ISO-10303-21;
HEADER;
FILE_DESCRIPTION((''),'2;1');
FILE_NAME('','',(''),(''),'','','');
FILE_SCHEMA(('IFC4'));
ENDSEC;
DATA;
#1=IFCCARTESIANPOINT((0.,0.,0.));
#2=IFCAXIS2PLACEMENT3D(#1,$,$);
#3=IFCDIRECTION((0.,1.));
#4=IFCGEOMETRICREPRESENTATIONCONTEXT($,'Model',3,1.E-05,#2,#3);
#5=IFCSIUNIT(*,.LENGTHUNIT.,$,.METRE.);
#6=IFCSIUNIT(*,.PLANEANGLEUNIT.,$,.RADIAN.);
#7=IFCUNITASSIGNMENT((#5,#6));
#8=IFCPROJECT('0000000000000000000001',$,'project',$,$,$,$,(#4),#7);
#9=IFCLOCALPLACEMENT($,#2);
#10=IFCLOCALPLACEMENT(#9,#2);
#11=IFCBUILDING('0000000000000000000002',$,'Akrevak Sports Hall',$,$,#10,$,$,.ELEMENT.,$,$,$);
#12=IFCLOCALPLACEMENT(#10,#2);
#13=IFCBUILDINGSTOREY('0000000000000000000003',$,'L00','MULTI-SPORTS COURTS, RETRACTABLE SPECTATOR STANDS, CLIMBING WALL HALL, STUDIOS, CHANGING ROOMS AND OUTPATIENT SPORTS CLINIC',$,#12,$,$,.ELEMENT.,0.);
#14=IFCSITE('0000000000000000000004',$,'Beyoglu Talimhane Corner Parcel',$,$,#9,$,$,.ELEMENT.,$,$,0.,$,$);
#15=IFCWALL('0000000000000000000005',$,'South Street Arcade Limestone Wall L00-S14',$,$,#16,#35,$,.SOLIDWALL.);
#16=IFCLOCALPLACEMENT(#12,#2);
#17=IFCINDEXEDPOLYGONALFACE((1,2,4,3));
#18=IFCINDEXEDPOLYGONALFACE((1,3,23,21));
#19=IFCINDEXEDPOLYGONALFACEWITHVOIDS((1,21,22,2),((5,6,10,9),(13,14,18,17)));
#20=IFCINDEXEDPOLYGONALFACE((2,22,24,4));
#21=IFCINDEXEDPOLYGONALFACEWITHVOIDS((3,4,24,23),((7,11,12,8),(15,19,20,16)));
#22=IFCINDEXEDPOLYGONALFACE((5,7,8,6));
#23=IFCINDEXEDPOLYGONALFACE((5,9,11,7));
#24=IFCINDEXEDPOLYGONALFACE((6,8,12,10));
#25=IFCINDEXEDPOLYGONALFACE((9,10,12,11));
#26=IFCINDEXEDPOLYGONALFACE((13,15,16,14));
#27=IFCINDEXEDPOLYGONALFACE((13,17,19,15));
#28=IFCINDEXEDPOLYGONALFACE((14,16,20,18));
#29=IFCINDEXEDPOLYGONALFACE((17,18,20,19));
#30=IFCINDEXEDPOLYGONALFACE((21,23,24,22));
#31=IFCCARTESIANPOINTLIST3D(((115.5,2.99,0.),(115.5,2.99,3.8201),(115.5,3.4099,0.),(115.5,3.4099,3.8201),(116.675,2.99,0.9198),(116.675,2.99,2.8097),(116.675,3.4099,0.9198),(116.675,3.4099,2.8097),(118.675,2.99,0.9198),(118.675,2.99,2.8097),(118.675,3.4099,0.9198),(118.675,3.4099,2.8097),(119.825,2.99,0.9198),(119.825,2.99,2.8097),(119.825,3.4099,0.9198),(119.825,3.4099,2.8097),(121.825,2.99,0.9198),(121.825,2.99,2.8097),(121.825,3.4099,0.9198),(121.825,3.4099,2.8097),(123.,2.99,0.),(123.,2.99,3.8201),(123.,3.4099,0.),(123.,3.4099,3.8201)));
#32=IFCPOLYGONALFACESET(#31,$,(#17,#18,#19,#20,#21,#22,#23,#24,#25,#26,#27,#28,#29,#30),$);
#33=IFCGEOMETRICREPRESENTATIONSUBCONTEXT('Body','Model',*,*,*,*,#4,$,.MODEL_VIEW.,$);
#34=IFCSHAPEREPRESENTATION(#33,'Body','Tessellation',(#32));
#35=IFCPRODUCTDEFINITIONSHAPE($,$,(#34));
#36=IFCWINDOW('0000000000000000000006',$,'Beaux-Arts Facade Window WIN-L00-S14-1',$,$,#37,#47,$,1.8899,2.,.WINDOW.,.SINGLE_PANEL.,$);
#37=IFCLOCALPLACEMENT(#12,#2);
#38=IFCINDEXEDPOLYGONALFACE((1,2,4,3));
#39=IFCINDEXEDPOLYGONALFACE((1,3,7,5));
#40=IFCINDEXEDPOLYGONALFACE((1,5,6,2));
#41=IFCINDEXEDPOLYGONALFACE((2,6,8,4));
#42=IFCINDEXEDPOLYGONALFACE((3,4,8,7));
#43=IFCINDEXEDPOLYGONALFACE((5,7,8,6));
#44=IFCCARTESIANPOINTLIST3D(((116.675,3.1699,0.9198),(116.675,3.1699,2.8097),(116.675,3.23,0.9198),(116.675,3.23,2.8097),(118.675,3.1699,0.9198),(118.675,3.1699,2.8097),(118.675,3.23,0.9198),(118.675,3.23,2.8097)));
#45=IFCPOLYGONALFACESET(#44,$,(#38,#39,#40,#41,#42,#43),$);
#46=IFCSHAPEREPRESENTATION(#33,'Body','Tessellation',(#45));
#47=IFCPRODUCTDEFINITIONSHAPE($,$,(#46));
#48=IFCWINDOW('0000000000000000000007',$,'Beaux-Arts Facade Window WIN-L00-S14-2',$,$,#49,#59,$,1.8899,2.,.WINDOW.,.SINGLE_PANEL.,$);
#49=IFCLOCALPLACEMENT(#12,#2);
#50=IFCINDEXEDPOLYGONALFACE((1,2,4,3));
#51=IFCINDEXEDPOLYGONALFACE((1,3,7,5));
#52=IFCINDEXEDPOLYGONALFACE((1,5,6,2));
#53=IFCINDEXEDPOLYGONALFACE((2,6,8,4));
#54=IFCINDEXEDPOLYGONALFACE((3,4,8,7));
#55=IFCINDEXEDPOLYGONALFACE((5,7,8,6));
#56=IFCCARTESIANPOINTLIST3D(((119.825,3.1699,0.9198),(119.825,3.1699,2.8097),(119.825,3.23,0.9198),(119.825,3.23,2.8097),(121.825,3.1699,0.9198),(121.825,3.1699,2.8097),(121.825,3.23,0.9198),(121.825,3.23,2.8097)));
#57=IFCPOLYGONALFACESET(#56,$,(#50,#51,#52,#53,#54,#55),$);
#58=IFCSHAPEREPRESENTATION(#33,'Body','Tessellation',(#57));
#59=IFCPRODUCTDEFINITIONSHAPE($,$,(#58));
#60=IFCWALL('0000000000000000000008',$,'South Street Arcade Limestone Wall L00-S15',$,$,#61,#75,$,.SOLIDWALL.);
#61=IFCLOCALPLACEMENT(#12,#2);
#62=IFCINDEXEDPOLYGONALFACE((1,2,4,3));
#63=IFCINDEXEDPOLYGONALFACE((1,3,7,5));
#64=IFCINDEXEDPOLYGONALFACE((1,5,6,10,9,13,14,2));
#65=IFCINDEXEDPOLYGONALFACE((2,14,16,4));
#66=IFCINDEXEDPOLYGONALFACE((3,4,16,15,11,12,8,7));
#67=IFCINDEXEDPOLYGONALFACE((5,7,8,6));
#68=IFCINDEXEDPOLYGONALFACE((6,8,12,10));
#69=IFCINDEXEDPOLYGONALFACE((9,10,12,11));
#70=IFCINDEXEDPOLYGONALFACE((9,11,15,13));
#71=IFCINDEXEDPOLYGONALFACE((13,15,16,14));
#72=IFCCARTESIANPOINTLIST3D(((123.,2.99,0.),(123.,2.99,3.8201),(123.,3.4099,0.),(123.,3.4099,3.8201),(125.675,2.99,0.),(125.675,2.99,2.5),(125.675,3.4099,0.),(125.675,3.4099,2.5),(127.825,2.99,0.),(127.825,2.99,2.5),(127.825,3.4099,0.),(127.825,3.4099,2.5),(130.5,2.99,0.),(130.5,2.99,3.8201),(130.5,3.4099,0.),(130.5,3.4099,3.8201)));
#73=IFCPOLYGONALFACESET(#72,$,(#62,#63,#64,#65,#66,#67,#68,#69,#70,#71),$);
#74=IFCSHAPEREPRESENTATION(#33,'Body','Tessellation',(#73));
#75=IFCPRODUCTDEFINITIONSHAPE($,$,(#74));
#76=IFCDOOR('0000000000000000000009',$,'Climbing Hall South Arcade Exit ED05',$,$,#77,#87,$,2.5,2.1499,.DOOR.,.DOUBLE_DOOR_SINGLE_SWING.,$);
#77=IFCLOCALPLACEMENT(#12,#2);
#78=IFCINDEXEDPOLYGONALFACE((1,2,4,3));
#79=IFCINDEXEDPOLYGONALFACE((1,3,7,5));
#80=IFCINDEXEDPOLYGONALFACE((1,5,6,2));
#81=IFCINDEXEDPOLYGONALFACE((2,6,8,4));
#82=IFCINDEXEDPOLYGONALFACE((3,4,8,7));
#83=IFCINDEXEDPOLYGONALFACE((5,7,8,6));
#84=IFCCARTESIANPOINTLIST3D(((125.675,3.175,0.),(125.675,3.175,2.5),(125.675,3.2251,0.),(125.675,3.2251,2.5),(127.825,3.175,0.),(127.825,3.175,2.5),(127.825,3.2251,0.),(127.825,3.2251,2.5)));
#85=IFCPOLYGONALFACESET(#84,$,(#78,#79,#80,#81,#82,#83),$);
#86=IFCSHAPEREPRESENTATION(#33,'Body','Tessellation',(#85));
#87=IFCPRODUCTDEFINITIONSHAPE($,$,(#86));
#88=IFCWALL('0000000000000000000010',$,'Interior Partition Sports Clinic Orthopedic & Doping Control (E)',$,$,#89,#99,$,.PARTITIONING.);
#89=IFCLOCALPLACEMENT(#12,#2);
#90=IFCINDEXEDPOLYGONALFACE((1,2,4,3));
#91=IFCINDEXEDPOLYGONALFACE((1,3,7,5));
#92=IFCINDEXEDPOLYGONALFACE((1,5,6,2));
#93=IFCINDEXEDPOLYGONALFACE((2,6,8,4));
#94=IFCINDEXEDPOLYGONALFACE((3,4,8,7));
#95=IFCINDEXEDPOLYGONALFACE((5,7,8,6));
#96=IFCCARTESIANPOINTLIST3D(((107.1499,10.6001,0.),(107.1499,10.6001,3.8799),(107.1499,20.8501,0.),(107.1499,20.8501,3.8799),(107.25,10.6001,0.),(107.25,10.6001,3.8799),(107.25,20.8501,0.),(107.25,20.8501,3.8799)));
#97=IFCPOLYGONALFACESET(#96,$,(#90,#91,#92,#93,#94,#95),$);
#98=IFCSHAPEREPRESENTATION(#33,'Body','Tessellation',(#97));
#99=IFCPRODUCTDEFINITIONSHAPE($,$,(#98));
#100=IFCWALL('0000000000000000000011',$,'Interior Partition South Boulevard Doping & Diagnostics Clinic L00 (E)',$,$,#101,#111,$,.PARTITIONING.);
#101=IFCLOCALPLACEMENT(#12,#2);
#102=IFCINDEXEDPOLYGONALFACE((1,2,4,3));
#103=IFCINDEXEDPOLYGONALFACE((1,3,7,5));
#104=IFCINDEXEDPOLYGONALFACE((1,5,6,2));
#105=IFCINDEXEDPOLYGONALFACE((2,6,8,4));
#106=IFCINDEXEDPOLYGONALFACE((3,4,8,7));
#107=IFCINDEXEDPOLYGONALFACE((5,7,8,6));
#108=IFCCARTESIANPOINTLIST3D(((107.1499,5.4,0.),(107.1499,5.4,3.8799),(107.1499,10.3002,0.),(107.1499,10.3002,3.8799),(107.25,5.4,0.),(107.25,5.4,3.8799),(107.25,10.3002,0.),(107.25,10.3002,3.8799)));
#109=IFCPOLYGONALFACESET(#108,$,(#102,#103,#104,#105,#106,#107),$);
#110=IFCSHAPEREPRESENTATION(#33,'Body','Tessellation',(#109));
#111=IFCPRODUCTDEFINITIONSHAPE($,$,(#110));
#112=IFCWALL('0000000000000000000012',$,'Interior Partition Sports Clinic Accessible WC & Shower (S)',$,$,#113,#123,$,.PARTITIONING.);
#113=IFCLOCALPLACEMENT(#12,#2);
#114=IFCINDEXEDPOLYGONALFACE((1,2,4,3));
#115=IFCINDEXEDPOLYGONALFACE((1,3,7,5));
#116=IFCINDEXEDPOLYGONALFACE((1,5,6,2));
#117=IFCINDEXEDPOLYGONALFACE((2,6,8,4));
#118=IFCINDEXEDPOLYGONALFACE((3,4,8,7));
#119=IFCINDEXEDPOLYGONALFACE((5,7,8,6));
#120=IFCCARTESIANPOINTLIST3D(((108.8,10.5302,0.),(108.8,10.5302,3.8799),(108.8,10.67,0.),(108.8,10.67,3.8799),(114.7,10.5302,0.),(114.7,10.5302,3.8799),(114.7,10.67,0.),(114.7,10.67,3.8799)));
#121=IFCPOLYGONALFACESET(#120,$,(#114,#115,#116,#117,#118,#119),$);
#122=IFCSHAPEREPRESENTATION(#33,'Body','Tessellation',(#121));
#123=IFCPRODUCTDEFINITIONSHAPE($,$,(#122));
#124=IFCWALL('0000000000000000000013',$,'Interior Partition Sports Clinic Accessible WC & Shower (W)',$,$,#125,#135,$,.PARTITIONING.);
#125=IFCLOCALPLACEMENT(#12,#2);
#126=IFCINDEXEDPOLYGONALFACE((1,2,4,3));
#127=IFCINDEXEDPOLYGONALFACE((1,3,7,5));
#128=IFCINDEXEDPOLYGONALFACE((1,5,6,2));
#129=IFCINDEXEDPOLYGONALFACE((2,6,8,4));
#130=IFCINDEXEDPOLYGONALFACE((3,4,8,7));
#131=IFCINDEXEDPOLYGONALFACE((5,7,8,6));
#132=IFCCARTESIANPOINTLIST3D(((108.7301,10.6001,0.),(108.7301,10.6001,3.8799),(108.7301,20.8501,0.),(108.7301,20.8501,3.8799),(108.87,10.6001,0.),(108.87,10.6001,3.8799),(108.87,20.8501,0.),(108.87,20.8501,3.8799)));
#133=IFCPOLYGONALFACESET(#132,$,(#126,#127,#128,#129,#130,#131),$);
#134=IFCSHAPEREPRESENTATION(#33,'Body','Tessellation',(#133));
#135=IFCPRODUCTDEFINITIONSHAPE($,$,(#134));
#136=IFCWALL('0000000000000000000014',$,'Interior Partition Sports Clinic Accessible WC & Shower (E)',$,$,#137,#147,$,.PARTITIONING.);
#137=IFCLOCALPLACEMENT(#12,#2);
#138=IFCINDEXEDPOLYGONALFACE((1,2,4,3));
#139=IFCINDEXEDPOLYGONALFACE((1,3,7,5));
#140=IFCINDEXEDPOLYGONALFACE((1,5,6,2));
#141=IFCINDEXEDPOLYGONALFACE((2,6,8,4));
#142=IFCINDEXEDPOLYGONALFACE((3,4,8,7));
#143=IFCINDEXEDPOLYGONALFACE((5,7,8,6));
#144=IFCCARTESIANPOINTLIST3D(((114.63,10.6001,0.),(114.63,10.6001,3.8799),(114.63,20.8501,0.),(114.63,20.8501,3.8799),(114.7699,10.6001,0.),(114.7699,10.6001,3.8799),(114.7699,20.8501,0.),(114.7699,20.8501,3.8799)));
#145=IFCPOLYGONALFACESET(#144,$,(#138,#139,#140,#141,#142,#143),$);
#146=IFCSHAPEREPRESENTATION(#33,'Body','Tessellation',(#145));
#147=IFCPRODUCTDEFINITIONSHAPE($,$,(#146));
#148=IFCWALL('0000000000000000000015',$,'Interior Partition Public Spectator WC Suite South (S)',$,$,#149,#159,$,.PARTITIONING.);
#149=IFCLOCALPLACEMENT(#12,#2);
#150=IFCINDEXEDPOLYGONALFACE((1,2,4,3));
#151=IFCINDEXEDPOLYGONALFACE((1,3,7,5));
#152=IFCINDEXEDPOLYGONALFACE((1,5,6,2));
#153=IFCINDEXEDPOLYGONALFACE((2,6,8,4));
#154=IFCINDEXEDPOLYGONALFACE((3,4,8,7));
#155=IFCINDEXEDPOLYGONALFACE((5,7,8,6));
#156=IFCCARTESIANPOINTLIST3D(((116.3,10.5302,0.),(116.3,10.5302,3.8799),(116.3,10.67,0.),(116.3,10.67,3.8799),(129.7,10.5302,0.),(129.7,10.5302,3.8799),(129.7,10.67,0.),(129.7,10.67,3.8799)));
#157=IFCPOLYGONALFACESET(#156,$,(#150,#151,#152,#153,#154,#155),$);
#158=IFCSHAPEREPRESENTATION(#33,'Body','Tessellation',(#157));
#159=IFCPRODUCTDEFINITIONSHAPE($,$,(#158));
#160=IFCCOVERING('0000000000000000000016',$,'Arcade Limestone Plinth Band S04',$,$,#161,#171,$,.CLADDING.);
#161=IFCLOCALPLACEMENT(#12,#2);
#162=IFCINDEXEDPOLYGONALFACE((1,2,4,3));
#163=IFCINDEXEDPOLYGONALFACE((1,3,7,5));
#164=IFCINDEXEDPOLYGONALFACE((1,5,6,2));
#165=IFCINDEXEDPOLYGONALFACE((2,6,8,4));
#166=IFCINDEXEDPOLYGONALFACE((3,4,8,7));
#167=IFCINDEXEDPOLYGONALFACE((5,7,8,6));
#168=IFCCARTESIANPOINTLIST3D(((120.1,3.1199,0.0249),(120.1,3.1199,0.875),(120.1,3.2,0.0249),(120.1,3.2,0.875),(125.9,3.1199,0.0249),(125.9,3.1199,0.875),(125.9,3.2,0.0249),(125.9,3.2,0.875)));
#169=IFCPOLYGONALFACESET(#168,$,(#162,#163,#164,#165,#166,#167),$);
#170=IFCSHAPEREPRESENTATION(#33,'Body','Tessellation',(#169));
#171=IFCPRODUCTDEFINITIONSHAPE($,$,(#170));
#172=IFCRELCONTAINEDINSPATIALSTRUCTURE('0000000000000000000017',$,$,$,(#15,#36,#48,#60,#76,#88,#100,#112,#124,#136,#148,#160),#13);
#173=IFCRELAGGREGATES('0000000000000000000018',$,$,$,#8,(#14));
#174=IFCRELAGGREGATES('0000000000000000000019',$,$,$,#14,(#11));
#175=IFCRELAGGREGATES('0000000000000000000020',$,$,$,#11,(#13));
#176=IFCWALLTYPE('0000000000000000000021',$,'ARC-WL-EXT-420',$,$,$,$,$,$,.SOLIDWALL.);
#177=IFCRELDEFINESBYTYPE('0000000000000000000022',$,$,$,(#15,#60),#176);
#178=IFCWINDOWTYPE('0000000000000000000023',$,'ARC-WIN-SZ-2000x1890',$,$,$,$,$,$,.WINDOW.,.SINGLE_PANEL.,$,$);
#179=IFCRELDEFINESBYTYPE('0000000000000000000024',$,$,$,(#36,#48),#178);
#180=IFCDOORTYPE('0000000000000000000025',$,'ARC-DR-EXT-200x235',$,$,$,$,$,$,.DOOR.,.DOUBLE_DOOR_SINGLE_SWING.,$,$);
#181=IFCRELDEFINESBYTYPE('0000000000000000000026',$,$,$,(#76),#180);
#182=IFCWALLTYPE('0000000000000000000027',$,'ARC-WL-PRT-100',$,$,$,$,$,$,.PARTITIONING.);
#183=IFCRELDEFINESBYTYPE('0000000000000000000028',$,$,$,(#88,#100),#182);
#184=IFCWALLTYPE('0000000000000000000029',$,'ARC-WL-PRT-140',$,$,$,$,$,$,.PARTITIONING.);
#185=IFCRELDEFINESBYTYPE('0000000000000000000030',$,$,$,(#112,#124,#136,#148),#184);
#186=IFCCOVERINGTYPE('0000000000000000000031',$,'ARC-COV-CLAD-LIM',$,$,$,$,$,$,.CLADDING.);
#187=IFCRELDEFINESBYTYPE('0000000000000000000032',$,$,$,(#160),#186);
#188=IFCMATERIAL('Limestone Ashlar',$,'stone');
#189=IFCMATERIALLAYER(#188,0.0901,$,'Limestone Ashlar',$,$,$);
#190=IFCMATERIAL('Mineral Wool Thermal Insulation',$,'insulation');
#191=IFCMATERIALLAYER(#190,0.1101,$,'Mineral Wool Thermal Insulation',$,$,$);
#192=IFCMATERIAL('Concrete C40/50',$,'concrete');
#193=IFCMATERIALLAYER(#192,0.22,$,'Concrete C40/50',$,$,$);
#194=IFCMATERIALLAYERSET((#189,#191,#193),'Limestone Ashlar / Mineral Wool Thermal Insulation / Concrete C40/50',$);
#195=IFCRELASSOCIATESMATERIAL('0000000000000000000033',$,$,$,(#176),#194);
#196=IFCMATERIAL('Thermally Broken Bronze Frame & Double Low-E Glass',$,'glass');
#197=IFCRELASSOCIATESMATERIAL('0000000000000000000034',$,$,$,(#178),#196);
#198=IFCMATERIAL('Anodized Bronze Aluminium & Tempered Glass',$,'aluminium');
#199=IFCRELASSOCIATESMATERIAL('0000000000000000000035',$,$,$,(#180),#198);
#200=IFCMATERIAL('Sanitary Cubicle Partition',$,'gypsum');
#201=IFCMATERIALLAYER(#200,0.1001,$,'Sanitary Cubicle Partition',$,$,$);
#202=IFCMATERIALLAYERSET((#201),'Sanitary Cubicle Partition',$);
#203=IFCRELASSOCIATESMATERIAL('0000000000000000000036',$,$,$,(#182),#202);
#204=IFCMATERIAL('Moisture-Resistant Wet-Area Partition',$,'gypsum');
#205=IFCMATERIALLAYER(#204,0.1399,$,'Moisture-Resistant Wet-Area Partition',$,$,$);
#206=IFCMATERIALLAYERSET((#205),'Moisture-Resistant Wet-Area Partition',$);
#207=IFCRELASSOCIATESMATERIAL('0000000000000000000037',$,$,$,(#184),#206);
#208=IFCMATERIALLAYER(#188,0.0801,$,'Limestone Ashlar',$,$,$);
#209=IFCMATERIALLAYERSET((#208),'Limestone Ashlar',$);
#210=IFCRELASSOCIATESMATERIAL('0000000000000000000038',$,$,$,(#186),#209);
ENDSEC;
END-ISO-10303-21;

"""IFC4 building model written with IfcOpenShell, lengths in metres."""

from ifc_helpers import new_model, si_unit, direction, frame, frame_2d, origin, origin_2d, place, context, subcontext, project, spatial, rectangle, extrude, material, layer, layer_set, type_object, element, fill, save


model = new_model("IFC4")

# Units and contexts
model_context = context("Model", 3, precision=1e-05, world=origin(), true_north=direction((0.0, 1.0)))
body_context = subcontext(model_context, "Body", "Model", "MODEL_VIEW")
ifc_project = project(units=[si_unit("LENGTHUNIT", "METRE"), si_unit("PLANEANGLEUNIT", "RADIAN")], contexts=[model_context])

# Site, building, storey
site_placement = place(None, origin())
site = spatial("IfcSite", under=ifc_project, at=site_placement, Name="Beyoglu Talimhane Corner Parcel", CompositionType="ELEMENT", RefElevation=0.0)
building_placement = place(site_placement, origin())
building = spatial("IfcBuilding", under=site, at=building_placement, Name="Akrevak Sports Hall", CompositionType="ELEMENT")
storey_placement = place(building_placement, origin())
storey = spatial("IfcBuildingStorey", under=building, at=storey_placement, Name="L00", Description="MULTI-SPORTS COURTS, RETRACTABLE SPECTATOR STANDS, CLIMBING WALL HALL, STUDIOS, CHANGING ROOMS AND OUTPATIENT SPORTS CLINIC", CompositionType="ELEMENT", Elevation=0.0)

# Shared definitions
ifc_material_1 = material(Name="Concrete C40/50", Category="concrete")

# Shared definitions
ifc_material_2 = material(Name="Limestone Ashlar", Category="stone")
ifc_layer_1 = layer(ifc_material_2, 0.0901, Name="Limestone Ashlar")
ifc_material_3 = material(Name="Mineral Wool Thermal Insulation", Category="insulation")
ifc_layer_2 = layer(ifc_material_3, 0.1101, Name="Mineral Wool Thermal Insulation")
ifc_layer_3 = layer(ifc_material_1, 0.22, Name="Concrete C40/50")
ifc_layer_set_1 = layer_set([ifc_layer_1, ifc_layer_2, ifc_layer_3], Name="Limestone Ashlar / Mineral Wool Thermal Insulation / Concrete C40/50")
wall_type_1 = type_object("IfcWallType", Name="ARC-WL-EXT-420", PredefinedType="SOLIDWALL", material=ifc_layer_set_1)
ifc_material_4 = material(Name="Anodized Bronze Aluminium & Tempered Glass", Category="aluminium")

# Wall, openings, windows
wall_1_placement = place(storey_placement, frame((115.5, 3.2, 0.0), z_axis=(0.0, 0.0, 1.0), x_axis=(1.0, 0.0, 0.0)))
wall_1 = element("IfcWall", 1, at=wall_1_placement, inside=storey, type_object=wall_type_1, Name="South Street Arcade Limestone Wall L00-S14", PredefinedType="SOLIDWALL", context=body_context, shape_type="SweptSolid", body=[
    extrude(rectangle(XDim=7.5, YDim=0.4199, at=frame_2d((3.75, 0.0))), origin(), (0.0, 0.0, 1.0), 3.8201),
])
opening_1_placement = place(wall_1_placement, frame((1.175, 0.0, 0.9199)))
opening_1 = element("IfcOpeningElement", 2, at=opening_1_placement, cuts=wall_1, PredefinedType="OPENING", context=body_context, shape_type="SweptSolid", body=[
    extrude(rectangle(XDim=2.0, YDim=1.8899, at=frame_2d((1.0, 0.9448))), frame((0.0, 0.2219, 0.0), z_axis=(0.0, -1.0, 0.0), x_axis=(1.0, 0.0, 0.0)), (0.0, 0.0, 1.0), 0.4438),
])
opening_2_placement = place(wall_1_placement, frame((4.325, 0.0, 0.9199)))
opening_2 = element("IfcOpeningElement", 3, at=opening_2_placement, cuts=wall_1, PredefinedType="OPENING", context=body_context, shape_type="SweptSolid", body=[
    extrude(rectangle(XDim=2.0, YDim=1.8899, at=frame_2d((1.0, 0.9448))), frame((0.0, 0.2219, 0.0), z_axis=(0.0, -1.0, 0.0), x_axis=(1.0, 0.0, 0.0)), (0.0, 0.0, 1.0), 0.4438),
])
ifc_material_5 = material(Name="Thermally Broken Bronze Frame & Double Low-E Glass", Category="glass")
window_type = type_object("IfcWindowType", Name="ARC-WIN-SZ-2000x1890", PartitioningType="SINGLE_PANEL", PredefinedType="WINDOW", material=ifc_material_5)
window_1_placement = place(opening_1_placement, origin())
window_1 = element("IfcWindow", 4, at=window_1_placement, inside=storey, type_object=window_type, Name="Beaux-Arts Facade Window WIN-L00-S14-1", OverallHeight=1.8899, OverallWidth=2.0, PartitioningType="SINGLE_PANEL", PredefinedType="WINDOW", context=body_context, shape_type="SweptSolid", body=[
    extrude(rectangle(XDim=2.0, YDim=1.8899, at=frame_2d((1.0, 0.9448))), frame((0.0, 0.03, 0.0), z_axis=(0.0, -1.0, 0.0), x_axis=(1.0, 0.0, 0.0)), (0.0, 0.0, 1.0), 0.0601),
])
fill(opening_1, window_1)
window_2_placement = place(opening_2_placement, origin())
window_2 = element("IfcWindow", 5, at=window_2_placement, inside=storey, type_object=window_type, Name="Beaux-Arts Facade Window WIN-L00-S14-2", OverallHeight=1.8899, OverallWidth=2.0, PartitioningType="SINGLE_PANEL", PredefinedType="WINDOW", context=body_context, shape_type="SweptSolid", body=[
    extrude(rectangle(XDim=2.0, YDim=1.8899, at=frame_2d((1.0, 0.9448))), frame((0.0, 0.03, 0.0), z_axis=(0.0, -1.0, 0.0), x_axis=(1.0, 0.0, 0.0)), (0.0, 0.0, 1.0), 0.0601),
])
fill(opening_2, window_2)

# Wall, opening, door
wall_2_placement = place(storey_placement, frame((123.0, 3.2, 0.0), z_axis=(0.0, 0.0, 1.0), x_axis=(1.0, 0.0, 0.0)))
wall_2 = element("IfcWall", 6, at=wall_2_placement, inside=storey, type_object=wall_type_1, Name="South Street Arcade Limestone Wall L00-S15", PredefinedType="SOLIDWALL", context=body_context, shape_type="SweptSolid", body=[
    extrude(rectangle(XDim=7.5, YDim=0.4199, at=frame_2d((3.75, 0.0))), origin(), (0.0, 0.0, 1.0), 3.8201),
])
opening_3_placement = place(wall_2_placement, frame((2.675, 0.0, 0.0)))
opening_3 = element("IfcOpeningElement", 7, at=opening_3_placement, cuts=wall_2, PredefinedType="OPENING", context=body_context, shape_type="SweptSolid", body=[
    extrude(rectangle(XDim=2.1499, YDim=2.5, at=frame_2d((1.075, 1.25))), frame((0.0, 0.2219, 0.0), z_axis=(0.0, -1.0, 0.0), x_axis=(1.0, 0.0, 0.0)), (0.0, 0.0, 1.0), 0.4438),
])
door_type_1 = type_object("IfcDoorType", Name="ARC-DR-EXT-200x235", OperationType="DOUBLE_DOOR_SINGLE_SWING", PredefinedType="DOOR", material=ifc_material_4)
door_1_placement = place(opening_3_placement, frame((2.1499, 0.0, 0.0), z_axis=(0.0, 0.0, 1.0), x_axis=(-1.0, 0.0, 0.0)))
door_1 = element("IfcDoor", 8, at=door_1_placement, inside=storey, type_object=door_type_1, Name="Climbing Hall South Arcade Exit ED05", OperationType="DOUBLE_DOOR_SINGLE_SWING", OverallHeight=2.5, OverallWidth=2.1499, PredefinedType="DOOR", context=body_context, shape_type="SweptSolid", body=[
    extrude(rectangle(XDim=2.1499, YDim=2.5, at=frame_2d((1.075, 1.25))), frame((0.0, 0.0249, 0.0), z_axis=(0.0, -1.0, 0.0), x_axis=(1.0, 0.0, 0.0)), (0.0, 0.0, 1.0), 0.05),
])
fill(opening_3, door_1)

# Walls
ifc_material_6 = material(Name="Sanitary Cubicle Partition", Category="gypsum")
ifc_layer_4 = layer(ifc_material_6, 0.1001, Name="Sanitary Cubicle Partition")
ifc_layer_set_2 = layer_set([ifc_layer_4], Name="Sanitary Cubicle Partition")
wall_type_2 = type_object("IfcWallType", Name="ARC-WL-PRT-100", PredefinedType="PARTITIONING", material=ifc_layer_set_2)
wall_3_placement = place(storey_placement, frame((107.2, 10.6001, 0.0), z_axis=(0.0, 0.0, 1.0), x_axis=(0.0, 1.0, 0.0)))
element("IfcWall", 9, at=wall_3_placement, inside=storey, type_object=wall_type_2, Name="Interior Partition Sports Clinic Orthopedic & Doping Control (E)", PredefinedType="PARTITIONING", context=body_context, shape_type="SweptSolid", body=[
    extrude(rectangle(XDim=10.25, YDim=0.1001, at=frame_2d((5.125, 0.0))), origin(), (0.0, 0.0, 1.0), 3.8799),
])
wall_4_placement = place(storey_placement, frame((107.2, 5.3999, 0.0), z_axis=(0.0, 0.0, 1.0), x_axis=(0.0, 1.0, 0.0)))
element("IfcWall", 10, at=wall_4_placement, inside=storey, type_object=wall_type_2, Name="Interior Partition South Boulevard Doping & Diagnostics Clinic L00 (E)", PredefinedType="PARTITIONING", context=body_context, shape_type="SweptSolid", body=[
    extrude(rectangle(XDim=4.9001, YDim=0.1001, at=frame_2d((2.4502, 0.0))), origin(), (0.0, 0.0, 1.0), 3.8799),
])
ifc_material_7 = material(Name="Moisture-Resistant Wet-Area Partition", Category="gypsum")
ifc_layer_5 = layer(ifc_material_7, 0.1399, Name="Moisture-Resistant Wet-Area Partition")
ifc_layer_set_3 = layer_set([ifc_layer_5], Name="Moisture-Resistant Wet-Area Partition")
wall_type_3 = type_object("IfcWallType", Name="ARC-WL-PRT-140", PredefinedType="PARTITIONING", material=ifc_layer_set_3)
wall_5_placement = place(storey_placement, frame((108.8, 10.6001, 0.0), z_axis=(0.0, 0.0, 1.0), x_axis=(1.0, 0.0, 0.0)))
element("IfcWall", 11, at=wall_5_placement, inside=storey, type_object=wall_type_3, Name="Interior Partition Sports Clinic Accessible WC & Shower (S)", PredefinedType="PARTITIONING", context=body_context, shape_type="SweptSolid", body=[
    extrude(rectangle(XDim=5.8999, YDim=0.1399, at=frame_2d((2.95, 0.0))), origin(), (0.0, 0.0, 1.0), 3.8799),
])
for number, where, z_axis, x_axis, name in (
    (12, (108.8, 10.6001, 0.0), (0.0, 0.0, 1.0), (0.0, 1.0, 0.0), "Interior Partition Sports Clinic Accessible WC & Shower (W)"),
    (13, (114.7, 10.6001, 0.0), (0.0, 0.0, 1.0), (0.0, 1.0, 0.0), "Interior Partition Sports Clinic Accessible WC & Shower (E)"),
):
    element("IfcWall", number, at=place(storey_placement, frame(where, z_axis=z_axis, x_axis=x_axis)), inside=storey, type_object=wall_type_3, Name=name, PredefinedType="PARTITIONING", context=body_context, shape_type="SweptSolid", body=[
        extrude(rectangle(XDim=10.25, YDim=0.1399, at=frame_2d((5.125, 0.0))), origin(), (0.0, 0.0, 1.0), 3.8799),
    ])
wall_6_placement = place(storey_placement, frame((116.3, 10.6001, 0.0), z_axis=(0.0, 0.0, 1.0), x_axis=(1.0, 0.0, 0.0)))
element("IfcWall", 14, at=wall_6_placement, inside=storey, type_object=wall_type_3, Name="Interior Partition Public Spectator WC Suite South (S)", PredefinedType="PARTITIONING", context=body_context, shape_type="SweptSolid", body=[
    extrude(rectangle(XDim=13.3999, YDim=0.1399, at=frame_2d((6.7, 0.0))), origin(), (0.0, 0.0, 1.0), 3.8799),
])

# Covering
ifc_layer_6 = layer(ifc_material_2, 0.0801, Name="Limestone Ashlar")
ifc_layer_set_4 = layer_set([ifc_layer_6], Name="Limestone Ashlar")
covering_type_1 = type_object("IfcCoveringType", Name="ARC-COV-CLAD-LIM", PredefinedType="CLADDING", material=ifc_layer_set_4)
covering_placement = place(storey_placement, frame((123.0, 3.1599, 0.0249), z_axis=(0.0, 0.0, 1.0), x_axis=(1.0, 0.0, 0.0)))
element("IfcCovering", 15, at=covering_placement, inside=storey, type_object=covering_type_1, Name="Arcade Limestone Plinth Band S04", PredefinedType="CLADDING", context=body_context, shape_type="SweptSolid", body=[
    extrude(rectangle(XDim=5.8, YDim=0.0801, at=origin_2d()), origin(), (0.0, 0.0, 1.0), 0.8501),
])

save(model, "model.ifc")
